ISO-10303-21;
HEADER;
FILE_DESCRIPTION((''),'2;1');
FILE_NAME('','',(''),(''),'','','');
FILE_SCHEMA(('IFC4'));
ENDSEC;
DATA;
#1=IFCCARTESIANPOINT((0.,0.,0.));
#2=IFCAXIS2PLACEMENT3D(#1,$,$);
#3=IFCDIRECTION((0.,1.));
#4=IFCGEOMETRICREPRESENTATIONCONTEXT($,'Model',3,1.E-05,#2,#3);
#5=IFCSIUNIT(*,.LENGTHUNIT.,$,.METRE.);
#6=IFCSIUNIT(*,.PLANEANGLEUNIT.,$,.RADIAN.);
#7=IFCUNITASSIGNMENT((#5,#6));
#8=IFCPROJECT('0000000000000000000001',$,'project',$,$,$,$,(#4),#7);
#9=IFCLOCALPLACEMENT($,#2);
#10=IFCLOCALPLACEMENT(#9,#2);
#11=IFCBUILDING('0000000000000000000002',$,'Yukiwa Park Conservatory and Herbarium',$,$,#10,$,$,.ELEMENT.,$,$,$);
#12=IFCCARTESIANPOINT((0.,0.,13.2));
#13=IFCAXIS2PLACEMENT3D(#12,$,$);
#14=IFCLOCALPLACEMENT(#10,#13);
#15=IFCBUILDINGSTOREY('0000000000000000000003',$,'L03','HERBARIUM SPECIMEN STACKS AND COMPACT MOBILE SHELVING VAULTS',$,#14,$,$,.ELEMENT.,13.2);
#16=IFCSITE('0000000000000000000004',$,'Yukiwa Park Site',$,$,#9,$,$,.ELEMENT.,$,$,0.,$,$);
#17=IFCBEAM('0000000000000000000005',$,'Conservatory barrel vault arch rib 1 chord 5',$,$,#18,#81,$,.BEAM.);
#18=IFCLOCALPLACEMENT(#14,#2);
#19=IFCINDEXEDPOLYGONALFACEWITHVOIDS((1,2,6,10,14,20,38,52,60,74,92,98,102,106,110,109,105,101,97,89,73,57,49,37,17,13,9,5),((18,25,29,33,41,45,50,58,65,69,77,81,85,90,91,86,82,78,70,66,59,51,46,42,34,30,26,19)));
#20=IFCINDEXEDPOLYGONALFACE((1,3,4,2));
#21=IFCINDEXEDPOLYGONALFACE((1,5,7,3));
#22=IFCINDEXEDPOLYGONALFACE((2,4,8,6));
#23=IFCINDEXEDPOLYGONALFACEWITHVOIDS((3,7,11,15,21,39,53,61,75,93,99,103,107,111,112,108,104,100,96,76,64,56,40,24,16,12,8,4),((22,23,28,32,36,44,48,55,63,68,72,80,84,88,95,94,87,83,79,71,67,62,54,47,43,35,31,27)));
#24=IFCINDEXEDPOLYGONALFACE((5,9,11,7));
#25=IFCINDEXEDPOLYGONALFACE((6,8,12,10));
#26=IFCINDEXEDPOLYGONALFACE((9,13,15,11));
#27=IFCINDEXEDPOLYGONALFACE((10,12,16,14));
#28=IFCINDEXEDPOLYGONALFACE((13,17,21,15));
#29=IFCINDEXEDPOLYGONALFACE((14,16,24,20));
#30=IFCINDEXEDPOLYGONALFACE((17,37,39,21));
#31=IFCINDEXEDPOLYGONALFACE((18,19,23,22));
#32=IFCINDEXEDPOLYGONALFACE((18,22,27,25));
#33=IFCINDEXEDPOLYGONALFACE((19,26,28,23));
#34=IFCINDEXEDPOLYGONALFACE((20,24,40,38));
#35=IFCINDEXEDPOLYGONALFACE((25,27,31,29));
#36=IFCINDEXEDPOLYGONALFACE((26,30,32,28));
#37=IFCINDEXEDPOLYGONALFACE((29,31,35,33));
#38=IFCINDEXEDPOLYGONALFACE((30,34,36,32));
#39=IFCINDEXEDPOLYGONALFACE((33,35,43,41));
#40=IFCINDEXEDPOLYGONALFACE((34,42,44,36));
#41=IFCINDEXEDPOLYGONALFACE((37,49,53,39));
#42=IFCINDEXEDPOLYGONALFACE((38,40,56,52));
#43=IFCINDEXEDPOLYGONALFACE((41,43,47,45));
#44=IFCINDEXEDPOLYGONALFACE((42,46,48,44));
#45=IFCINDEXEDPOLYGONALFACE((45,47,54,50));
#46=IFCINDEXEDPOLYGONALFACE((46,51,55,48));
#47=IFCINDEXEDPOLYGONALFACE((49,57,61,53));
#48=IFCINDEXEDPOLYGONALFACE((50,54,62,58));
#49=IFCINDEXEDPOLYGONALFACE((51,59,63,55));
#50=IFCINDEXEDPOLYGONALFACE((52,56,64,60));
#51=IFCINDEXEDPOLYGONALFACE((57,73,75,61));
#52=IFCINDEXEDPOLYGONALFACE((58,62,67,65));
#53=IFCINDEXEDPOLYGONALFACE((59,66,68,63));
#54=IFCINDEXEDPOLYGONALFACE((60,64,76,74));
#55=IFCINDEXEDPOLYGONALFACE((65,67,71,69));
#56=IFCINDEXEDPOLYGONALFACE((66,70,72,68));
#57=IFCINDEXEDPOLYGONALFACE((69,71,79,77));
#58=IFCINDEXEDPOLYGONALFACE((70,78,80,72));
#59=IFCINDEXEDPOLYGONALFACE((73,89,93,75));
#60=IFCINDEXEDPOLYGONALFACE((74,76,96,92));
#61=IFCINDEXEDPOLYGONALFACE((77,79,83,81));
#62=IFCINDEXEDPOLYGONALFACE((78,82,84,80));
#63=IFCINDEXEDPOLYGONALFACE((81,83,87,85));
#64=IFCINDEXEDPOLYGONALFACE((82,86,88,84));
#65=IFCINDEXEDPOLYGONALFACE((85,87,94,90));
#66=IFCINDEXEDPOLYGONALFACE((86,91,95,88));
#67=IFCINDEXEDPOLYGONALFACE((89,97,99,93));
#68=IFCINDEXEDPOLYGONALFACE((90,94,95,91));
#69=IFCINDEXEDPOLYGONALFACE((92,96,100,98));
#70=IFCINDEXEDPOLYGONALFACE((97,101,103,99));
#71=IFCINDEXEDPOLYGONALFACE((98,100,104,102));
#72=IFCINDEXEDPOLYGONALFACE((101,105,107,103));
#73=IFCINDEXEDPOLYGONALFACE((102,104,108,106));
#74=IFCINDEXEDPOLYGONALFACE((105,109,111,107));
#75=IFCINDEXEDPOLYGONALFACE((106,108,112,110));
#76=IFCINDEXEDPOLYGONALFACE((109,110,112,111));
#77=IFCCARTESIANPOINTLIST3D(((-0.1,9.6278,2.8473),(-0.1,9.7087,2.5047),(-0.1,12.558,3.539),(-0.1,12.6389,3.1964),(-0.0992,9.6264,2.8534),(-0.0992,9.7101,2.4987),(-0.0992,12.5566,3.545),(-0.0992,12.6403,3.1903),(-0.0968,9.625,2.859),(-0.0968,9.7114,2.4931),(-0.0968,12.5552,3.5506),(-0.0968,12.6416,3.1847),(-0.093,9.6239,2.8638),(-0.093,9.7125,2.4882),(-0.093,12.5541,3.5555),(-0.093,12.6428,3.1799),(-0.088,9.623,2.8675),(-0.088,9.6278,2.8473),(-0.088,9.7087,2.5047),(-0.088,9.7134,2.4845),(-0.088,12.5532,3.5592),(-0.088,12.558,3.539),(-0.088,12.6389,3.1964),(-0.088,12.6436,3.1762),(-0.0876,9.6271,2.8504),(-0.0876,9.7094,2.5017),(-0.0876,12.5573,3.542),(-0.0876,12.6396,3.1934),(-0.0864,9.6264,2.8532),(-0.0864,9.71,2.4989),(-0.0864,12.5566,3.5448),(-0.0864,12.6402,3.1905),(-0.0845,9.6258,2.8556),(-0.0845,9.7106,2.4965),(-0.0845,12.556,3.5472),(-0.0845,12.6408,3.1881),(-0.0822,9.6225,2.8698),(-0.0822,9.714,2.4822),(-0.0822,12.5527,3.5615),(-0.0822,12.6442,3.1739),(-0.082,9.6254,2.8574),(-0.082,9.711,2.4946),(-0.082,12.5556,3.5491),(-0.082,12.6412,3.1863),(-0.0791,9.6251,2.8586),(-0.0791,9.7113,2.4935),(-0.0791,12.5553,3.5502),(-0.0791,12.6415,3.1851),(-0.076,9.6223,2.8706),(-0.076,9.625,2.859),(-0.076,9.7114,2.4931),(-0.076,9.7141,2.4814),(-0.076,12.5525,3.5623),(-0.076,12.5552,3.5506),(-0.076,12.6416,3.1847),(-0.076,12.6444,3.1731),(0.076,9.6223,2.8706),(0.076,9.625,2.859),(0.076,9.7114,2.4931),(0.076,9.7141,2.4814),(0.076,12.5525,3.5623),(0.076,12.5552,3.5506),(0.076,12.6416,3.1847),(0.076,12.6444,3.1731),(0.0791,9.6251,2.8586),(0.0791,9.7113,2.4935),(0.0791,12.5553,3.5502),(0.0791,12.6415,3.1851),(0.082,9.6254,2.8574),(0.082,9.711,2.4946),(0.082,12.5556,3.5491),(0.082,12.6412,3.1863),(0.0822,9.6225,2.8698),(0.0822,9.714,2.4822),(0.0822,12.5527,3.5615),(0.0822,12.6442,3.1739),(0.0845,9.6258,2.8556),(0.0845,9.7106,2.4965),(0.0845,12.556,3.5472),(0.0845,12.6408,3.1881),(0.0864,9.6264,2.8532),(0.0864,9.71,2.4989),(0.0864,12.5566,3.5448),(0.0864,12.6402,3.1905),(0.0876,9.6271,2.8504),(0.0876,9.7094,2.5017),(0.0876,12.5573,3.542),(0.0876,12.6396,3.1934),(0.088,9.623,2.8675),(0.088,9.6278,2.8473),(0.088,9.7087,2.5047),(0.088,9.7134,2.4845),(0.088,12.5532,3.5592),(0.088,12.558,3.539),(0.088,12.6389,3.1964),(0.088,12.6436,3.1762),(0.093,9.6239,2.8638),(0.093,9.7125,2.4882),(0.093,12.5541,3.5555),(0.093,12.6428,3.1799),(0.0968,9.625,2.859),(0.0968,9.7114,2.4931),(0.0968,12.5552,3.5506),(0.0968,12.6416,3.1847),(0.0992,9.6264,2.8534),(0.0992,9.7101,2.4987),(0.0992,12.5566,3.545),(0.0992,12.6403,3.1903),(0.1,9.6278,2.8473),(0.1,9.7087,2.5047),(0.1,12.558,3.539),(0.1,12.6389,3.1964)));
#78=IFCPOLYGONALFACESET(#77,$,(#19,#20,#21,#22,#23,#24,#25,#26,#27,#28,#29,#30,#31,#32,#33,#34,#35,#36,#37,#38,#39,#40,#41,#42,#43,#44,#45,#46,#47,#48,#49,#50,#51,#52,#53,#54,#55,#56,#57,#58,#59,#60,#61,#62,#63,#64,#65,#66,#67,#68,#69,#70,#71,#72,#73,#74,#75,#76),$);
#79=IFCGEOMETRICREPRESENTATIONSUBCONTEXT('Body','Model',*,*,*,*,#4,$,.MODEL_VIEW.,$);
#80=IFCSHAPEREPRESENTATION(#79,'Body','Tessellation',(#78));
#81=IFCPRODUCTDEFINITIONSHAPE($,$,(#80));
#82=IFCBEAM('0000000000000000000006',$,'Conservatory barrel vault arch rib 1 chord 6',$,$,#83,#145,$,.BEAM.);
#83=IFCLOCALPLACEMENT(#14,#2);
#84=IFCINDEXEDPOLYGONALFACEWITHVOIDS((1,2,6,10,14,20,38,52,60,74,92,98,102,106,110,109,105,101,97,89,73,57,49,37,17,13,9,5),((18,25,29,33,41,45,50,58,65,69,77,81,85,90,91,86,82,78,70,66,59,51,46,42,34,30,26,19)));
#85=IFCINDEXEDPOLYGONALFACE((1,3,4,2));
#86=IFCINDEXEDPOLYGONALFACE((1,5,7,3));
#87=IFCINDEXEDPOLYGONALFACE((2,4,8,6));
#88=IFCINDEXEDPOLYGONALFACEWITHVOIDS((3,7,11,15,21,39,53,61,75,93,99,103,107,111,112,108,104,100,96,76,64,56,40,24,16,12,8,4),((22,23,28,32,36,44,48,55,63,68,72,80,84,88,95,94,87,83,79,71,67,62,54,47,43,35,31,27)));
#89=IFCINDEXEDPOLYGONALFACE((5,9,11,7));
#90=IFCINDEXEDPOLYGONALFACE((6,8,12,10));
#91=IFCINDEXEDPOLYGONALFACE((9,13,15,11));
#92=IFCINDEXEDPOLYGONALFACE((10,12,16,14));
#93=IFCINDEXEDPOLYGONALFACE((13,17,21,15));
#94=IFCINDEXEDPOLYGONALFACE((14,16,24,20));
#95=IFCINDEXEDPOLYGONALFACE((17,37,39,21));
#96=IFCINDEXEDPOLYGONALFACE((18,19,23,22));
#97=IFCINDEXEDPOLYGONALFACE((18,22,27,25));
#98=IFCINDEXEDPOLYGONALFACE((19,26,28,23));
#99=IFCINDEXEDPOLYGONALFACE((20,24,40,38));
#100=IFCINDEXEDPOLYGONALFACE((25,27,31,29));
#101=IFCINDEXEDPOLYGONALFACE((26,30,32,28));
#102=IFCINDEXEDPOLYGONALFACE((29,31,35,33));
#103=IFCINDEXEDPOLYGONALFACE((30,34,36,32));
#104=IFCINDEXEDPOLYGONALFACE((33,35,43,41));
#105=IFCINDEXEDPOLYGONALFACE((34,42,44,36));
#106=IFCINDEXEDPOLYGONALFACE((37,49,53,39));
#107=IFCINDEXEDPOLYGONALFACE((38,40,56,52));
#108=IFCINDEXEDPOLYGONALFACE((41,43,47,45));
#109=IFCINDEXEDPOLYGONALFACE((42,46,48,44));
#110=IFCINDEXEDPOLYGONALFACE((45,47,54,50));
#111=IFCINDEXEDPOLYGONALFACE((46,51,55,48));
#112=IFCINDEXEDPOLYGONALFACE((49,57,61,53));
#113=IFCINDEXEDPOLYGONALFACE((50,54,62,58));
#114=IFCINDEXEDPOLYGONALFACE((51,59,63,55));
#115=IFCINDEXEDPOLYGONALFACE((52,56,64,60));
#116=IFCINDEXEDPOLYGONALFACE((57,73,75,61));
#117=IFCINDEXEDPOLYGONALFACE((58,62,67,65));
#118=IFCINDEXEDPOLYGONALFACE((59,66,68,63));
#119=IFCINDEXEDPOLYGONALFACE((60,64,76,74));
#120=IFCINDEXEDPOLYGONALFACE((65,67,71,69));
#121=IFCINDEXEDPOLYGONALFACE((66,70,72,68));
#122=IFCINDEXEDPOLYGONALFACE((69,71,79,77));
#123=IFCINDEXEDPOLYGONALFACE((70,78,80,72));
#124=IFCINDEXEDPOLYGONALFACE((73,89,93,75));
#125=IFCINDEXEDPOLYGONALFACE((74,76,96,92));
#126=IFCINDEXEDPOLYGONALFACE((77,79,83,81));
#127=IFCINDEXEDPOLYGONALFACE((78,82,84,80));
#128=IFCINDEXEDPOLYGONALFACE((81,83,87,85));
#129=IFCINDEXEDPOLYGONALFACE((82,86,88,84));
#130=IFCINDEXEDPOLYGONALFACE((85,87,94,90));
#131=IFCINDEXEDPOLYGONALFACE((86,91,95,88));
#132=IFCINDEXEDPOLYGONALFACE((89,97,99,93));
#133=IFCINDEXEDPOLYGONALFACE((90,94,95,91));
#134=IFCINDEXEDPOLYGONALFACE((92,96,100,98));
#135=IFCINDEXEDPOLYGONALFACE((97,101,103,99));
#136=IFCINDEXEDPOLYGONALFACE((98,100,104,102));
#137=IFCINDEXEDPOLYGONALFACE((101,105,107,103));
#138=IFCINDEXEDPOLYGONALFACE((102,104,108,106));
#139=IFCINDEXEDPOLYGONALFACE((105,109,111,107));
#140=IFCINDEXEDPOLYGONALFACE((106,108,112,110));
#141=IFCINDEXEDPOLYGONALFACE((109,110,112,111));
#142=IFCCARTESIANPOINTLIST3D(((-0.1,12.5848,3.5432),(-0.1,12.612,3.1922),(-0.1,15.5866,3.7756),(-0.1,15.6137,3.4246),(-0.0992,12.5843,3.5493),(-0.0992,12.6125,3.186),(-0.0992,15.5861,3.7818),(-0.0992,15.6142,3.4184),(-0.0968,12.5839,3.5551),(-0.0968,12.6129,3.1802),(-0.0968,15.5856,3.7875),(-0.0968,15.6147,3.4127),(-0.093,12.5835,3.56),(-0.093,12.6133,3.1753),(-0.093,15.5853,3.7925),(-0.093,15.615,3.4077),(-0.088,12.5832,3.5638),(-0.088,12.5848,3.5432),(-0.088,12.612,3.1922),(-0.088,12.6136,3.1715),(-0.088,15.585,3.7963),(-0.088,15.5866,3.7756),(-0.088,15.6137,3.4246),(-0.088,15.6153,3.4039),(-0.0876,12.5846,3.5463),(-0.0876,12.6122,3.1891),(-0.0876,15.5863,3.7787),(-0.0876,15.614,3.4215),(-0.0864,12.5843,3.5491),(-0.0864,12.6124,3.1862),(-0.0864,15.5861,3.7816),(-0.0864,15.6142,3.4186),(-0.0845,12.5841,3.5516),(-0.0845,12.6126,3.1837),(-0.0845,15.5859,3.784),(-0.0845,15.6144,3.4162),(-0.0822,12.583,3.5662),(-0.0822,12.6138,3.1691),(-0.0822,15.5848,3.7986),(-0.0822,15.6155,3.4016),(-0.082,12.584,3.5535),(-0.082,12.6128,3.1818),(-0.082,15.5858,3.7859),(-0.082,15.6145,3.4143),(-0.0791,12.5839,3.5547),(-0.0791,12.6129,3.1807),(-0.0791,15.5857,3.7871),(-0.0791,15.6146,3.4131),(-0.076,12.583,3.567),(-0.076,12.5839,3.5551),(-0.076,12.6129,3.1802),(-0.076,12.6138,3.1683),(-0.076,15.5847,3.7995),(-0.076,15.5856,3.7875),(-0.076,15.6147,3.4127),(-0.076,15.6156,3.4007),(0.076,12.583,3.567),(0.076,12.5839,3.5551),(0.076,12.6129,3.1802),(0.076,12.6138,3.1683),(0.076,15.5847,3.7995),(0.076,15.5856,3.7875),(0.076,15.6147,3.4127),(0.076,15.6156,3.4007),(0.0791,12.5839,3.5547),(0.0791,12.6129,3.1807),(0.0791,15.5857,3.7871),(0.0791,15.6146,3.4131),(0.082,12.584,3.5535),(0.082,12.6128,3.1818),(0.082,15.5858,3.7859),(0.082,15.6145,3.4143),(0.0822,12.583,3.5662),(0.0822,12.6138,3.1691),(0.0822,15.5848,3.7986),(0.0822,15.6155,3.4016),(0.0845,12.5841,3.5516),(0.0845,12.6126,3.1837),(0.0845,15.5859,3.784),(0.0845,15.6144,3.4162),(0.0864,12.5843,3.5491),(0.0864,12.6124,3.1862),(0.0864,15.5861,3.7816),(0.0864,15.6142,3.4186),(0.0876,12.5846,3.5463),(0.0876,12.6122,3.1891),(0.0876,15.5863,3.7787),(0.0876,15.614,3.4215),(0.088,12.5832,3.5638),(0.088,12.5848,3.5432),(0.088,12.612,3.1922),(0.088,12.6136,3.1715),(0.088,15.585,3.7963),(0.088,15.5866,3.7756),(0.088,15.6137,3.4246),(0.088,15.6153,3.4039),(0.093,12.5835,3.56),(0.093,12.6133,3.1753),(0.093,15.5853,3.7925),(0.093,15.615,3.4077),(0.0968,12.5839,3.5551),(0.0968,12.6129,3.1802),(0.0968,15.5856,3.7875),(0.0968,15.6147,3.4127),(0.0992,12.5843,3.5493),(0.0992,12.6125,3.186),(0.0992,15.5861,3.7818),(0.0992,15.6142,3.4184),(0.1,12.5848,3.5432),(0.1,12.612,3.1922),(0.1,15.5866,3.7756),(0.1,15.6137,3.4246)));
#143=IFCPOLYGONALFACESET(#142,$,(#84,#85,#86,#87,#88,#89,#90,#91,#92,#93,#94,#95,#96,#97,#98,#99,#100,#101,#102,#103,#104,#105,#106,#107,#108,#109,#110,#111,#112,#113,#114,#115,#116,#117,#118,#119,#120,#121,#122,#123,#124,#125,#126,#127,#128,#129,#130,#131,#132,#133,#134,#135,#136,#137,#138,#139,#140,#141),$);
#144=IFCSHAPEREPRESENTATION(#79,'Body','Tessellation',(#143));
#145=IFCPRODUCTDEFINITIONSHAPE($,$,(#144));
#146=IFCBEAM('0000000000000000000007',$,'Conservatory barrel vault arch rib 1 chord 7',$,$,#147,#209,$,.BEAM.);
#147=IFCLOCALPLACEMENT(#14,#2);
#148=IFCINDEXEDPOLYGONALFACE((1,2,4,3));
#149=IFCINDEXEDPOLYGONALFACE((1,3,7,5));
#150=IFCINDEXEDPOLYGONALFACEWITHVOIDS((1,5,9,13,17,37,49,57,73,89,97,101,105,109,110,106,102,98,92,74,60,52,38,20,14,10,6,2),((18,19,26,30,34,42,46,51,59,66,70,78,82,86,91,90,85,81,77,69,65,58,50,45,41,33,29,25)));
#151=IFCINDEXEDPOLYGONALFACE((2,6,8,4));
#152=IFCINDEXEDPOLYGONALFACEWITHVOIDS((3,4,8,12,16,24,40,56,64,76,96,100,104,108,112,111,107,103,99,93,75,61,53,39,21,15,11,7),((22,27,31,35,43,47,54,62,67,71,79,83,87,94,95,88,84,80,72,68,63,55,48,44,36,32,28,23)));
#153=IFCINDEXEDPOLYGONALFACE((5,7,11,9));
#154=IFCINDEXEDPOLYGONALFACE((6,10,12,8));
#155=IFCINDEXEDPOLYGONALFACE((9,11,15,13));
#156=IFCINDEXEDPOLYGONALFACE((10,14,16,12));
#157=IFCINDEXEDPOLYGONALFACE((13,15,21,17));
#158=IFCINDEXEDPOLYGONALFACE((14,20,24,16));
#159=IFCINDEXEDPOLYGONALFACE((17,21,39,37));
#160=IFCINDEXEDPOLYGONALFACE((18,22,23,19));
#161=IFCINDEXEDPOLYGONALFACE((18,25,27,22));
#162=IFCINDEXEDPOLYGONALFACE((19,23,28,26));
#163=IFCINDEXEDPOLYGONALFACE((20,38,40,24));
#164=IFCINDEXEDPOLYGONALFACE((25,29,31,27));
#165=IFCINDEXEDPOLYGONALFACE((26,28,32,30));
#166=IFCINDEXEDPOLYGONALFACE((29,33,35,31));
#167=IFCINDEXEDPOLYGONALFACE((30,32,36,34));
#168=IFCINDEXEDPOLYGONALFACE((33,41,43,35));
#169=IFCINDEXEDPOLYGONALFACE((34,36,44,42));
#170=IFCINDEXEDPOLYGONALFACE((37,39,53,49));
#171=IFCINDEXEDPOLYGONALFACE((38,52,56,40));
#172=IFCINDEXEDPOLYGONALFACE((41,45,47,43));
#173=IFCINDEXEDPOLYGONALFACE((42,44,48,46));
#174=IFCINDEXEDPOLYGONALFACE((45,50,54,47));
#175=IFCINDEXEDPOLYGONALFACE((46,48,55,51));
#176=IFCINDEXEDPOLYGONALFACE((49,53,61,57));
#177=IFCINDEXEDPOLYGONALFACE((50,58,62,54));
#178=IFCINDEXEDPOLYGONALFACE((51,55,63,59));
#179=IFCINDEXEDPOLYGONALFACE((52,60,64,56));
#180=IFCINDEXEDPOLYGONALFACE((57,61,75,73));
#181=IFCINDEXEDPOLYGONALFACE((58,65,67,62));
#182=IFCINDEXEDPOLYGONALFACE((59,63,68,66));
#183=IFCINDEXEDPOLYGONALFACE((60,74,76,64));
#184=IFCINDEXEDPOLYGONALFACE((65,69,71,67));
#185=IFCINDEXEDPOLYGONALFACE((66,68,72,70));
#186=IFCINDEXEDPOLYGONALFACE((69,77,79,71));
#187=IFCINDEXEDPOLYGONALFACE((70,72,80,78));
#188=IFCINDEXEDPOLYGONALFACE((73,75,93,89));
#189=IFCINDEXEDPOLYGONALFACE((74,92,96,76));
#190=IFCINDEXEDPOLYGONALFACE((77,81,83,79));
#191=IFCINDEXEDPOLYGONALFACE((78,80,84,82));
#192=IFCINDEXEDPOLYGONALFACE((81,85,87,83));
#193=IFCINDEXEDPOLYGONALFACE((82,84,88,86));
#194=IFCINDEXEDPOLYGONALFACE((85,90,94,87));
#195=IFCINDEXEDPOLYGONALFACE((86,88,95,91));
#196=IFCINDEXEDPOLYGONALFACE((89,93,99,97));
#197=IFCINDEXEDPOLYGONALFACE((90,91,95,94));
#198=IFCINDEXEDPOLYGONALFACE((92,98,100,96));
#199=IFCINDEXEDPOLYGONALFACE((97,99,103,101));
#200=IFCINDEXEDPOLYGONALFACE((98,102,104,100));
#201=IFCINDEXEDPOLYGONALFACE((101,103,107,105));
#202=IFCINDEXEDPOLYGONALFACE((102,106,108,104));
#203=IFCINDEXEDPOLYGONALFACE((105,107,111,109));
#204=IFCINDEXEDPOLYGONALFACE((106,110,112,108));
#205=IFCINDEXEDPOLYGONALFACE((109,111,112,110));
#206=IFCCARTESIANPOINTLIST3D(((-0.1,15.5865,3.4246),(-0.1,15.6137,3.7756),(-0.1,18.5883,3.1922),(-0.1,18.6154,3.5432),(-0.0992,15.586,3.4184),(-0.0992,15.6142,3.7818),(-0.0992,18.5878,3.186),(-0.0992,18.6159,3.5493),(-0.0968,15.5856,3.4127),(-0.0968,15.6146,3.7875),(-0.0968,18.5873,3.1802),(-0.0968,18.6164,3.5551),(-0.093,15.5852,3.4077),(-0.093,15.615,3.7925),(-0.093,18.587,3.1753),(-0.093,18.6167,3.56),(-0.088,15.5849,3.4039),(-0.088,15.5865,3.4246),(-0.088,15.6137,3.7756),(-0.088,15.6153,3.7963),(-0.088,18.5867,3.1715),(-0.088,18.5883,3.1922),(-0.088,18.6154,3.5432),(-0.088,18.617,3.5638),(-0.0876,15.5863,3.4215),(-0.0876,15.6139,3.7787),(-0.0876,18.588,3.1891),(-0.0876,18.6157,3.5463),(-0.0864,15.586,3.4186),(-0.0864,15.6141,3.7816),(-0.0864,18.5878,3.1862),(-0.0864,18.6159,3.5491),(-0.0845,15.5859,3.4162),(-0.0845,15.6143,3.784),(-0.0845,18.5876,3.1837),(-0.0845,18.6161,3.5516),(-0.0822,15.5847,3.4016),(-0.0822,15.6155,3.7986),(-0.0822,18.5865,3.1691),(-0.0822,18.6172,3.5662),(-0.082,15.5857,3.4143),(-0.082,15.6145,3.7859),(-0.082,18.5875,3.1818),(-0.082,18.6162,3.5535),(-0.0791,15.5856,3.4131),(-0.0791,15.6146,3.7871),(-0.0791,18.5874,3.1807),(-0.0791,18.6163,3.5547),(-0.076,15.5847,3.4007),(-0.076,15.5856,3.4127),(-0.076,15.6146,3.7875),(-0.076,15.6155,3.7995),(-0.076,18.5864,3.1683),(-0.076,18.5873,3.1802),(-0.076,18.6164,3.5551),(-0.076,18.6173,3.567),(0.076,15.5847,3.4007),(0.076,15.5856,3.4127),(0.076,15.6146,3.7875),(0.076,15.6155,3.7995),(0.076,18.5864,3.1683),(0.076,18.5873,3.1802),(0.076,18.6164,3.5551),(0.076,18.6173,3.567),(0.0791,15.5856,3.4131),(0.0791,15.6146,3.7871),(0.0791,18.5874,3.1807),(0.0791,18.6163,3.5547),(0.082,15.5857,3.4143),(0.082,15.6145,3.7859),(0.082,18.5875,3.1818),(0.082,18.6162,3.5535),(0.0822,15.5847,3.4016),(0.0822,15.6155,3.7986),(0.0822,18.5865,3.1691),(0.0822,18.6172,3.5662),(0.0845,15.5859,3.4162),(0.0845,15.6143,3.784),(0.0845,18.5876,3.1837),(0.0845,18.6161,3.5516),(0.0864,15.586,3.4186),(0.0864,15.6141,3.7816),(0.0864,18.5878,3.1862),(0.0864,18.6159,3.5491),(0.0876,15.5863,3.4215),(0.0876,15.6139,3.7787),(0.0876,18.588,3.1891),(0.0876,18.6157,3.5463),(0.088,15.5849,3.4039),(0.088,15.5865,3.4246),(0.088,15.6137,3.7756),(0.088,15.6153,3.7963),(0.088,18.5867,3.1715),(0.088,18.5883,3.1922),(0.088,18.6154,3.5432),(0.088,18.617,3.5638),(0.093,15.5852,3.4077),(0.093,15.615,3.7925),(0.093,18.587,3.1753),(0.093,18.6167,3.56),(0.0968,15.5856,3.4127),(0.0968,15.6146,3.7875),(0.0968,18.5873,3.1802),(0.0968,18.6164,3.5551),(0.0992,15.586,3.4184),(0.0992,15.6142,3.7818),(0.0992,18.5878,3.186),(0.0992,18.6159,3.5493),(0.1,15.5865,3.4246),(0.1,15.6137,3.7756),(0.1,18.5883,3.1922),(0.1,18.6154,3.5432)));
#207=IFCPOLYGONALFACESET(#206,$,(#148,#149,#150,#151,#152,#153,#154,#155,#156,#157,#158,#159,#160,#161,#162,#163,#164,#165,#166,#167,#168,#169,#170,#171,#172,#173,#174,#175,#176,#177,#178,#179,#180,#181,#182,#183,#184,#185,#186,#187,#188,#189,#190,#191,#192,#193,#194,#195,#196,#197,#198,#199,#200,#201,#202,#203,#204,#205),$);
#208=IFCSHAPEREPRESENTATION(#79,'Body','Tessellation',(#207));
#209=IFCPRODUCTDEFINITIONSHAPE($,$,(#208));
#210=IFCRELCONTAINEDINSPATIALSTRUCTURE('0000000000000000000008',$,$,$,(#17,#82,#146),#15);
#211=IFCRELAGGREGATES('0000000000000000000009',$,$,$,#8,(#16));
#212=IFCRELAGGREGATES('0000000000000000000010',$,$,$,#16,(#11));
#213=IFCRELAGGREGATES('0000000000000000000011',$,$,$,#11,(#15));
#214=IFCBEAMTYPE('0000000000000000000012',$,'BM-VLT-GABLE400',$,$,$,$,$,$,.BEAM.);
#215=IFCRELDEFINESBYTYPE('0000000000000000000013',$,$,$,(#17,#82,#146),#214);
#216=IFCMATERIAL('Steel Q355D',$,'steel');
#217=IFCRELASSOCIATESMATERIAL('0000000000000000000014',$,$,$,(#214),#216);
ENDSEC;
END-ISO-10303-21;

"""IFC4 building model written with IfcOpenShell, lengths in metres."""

from ifc_helpers import new_model, si_unit, direction, frame, origin, origin_2d, place, context, subcontext, project, spatial, hollow_rectangle, extrude, material, material_profile, profile_set, type_object, element, save


model = new_model("IFC4")

# Units and contexts
model_context = context("Model", 3, precision=1e-05, world=origin(), true_north=direction((0.0, 1.0)))
body_context = subcontext(model_context, "Body", "Model", "MODEL_VIEW")
ifc_project = project(units=[si_unit("LENGTHUNIT", "METRE"), si_unit("PLANEANGLEUNIT", "RADIAN")], contexts=[model_context])

# Site, building, storey
site_placement = place(None, origin())
site = spatial("IfcSite", under=ifc_project, at=site_placement, Name="Yukiwa Park Site", CompositionType="ELEMENT", RefElevation=0.0)
building_placement = place(site_placement, origin())
building = spatial("IfcBuilding", under=site, at=building_placement, Name="Yukiwa Park Conservatory and Herbarium", CompositionType="ELEMENT")
storey_placement = place(building_placement, frame((0.0, 0.0, 13.2)))
storey = spatial("IfcBuildingStorey", under=building, at=storey_placement, Name="L03", Description="HERBARIUM SPECIMEN STACKS AND COMPACT MOBILE SHELVING VAULTS", CompositionType="ELEMENT", Elevation=13.2)

# Beams
ifc_material_1 = material(Name="Steel Q355D", Category="steel")
ifc_material_profile_1 = material_profile(ifc_material_1, hollow_rectangle(XDim=0.2, YDim=0.3999, WallThickness=0.012, InnerFilletRadius=0.012, OuterFilletRadius=0.0239, at=origin_2d()), Name="RHS 400x200x12")
ifc_profile_set_1 = profile_set([ifc_material_profile_1], Name="Steel Q355D")
beam_type_1 = type_object("IfcBeamType", Name="BM-VLT-GABLE400", PredefinedType="BEAM", material=ifc_profile_set_1)
for number, where, z_axis, x_axis, name in (
    (1, (0.0, 9.6682, 2.676), (0.0, 0.973254, 0.229731), (-1.0, 0.0, 0.0), "Conservatory barrel vault arch rib 1 chord 5"),
    (2, (0.0, 12.5984, 3.3677), (0.0, 0.997016, 0.077199), (-1.0, 0.0, 0.0), "Conservatory barrel vault arch rib 1 chord 6"),
    (3, (0.0, 15.6001, 3.6001), (0.0, 0.997016, -0.077199), (-1.0, 0.0, 0.0), "Conservatory barrel vault arch rib 1 chord 7"),
):
    element("IfcBeam", number, at=place(storey_placement, frame(where, z_axis=z_axis, x_axis=x_axis)), inside=storey, type_object=beam_type_1, Name=name, PredefinedType="BEAM", context=body_context, shape_type="SweptSolid", body=[
        extrude(hollow_rectangle(XDim=0.2, YDim=0.3999, WallThickness=0.012, InnerFilletRadius=0.012, OuterFilletRadius=0.0239, at=origin_2d()), origin(), (0.0, 0.0, 1.0), 3.0107),
    ])

save(model, "model.ifc")
